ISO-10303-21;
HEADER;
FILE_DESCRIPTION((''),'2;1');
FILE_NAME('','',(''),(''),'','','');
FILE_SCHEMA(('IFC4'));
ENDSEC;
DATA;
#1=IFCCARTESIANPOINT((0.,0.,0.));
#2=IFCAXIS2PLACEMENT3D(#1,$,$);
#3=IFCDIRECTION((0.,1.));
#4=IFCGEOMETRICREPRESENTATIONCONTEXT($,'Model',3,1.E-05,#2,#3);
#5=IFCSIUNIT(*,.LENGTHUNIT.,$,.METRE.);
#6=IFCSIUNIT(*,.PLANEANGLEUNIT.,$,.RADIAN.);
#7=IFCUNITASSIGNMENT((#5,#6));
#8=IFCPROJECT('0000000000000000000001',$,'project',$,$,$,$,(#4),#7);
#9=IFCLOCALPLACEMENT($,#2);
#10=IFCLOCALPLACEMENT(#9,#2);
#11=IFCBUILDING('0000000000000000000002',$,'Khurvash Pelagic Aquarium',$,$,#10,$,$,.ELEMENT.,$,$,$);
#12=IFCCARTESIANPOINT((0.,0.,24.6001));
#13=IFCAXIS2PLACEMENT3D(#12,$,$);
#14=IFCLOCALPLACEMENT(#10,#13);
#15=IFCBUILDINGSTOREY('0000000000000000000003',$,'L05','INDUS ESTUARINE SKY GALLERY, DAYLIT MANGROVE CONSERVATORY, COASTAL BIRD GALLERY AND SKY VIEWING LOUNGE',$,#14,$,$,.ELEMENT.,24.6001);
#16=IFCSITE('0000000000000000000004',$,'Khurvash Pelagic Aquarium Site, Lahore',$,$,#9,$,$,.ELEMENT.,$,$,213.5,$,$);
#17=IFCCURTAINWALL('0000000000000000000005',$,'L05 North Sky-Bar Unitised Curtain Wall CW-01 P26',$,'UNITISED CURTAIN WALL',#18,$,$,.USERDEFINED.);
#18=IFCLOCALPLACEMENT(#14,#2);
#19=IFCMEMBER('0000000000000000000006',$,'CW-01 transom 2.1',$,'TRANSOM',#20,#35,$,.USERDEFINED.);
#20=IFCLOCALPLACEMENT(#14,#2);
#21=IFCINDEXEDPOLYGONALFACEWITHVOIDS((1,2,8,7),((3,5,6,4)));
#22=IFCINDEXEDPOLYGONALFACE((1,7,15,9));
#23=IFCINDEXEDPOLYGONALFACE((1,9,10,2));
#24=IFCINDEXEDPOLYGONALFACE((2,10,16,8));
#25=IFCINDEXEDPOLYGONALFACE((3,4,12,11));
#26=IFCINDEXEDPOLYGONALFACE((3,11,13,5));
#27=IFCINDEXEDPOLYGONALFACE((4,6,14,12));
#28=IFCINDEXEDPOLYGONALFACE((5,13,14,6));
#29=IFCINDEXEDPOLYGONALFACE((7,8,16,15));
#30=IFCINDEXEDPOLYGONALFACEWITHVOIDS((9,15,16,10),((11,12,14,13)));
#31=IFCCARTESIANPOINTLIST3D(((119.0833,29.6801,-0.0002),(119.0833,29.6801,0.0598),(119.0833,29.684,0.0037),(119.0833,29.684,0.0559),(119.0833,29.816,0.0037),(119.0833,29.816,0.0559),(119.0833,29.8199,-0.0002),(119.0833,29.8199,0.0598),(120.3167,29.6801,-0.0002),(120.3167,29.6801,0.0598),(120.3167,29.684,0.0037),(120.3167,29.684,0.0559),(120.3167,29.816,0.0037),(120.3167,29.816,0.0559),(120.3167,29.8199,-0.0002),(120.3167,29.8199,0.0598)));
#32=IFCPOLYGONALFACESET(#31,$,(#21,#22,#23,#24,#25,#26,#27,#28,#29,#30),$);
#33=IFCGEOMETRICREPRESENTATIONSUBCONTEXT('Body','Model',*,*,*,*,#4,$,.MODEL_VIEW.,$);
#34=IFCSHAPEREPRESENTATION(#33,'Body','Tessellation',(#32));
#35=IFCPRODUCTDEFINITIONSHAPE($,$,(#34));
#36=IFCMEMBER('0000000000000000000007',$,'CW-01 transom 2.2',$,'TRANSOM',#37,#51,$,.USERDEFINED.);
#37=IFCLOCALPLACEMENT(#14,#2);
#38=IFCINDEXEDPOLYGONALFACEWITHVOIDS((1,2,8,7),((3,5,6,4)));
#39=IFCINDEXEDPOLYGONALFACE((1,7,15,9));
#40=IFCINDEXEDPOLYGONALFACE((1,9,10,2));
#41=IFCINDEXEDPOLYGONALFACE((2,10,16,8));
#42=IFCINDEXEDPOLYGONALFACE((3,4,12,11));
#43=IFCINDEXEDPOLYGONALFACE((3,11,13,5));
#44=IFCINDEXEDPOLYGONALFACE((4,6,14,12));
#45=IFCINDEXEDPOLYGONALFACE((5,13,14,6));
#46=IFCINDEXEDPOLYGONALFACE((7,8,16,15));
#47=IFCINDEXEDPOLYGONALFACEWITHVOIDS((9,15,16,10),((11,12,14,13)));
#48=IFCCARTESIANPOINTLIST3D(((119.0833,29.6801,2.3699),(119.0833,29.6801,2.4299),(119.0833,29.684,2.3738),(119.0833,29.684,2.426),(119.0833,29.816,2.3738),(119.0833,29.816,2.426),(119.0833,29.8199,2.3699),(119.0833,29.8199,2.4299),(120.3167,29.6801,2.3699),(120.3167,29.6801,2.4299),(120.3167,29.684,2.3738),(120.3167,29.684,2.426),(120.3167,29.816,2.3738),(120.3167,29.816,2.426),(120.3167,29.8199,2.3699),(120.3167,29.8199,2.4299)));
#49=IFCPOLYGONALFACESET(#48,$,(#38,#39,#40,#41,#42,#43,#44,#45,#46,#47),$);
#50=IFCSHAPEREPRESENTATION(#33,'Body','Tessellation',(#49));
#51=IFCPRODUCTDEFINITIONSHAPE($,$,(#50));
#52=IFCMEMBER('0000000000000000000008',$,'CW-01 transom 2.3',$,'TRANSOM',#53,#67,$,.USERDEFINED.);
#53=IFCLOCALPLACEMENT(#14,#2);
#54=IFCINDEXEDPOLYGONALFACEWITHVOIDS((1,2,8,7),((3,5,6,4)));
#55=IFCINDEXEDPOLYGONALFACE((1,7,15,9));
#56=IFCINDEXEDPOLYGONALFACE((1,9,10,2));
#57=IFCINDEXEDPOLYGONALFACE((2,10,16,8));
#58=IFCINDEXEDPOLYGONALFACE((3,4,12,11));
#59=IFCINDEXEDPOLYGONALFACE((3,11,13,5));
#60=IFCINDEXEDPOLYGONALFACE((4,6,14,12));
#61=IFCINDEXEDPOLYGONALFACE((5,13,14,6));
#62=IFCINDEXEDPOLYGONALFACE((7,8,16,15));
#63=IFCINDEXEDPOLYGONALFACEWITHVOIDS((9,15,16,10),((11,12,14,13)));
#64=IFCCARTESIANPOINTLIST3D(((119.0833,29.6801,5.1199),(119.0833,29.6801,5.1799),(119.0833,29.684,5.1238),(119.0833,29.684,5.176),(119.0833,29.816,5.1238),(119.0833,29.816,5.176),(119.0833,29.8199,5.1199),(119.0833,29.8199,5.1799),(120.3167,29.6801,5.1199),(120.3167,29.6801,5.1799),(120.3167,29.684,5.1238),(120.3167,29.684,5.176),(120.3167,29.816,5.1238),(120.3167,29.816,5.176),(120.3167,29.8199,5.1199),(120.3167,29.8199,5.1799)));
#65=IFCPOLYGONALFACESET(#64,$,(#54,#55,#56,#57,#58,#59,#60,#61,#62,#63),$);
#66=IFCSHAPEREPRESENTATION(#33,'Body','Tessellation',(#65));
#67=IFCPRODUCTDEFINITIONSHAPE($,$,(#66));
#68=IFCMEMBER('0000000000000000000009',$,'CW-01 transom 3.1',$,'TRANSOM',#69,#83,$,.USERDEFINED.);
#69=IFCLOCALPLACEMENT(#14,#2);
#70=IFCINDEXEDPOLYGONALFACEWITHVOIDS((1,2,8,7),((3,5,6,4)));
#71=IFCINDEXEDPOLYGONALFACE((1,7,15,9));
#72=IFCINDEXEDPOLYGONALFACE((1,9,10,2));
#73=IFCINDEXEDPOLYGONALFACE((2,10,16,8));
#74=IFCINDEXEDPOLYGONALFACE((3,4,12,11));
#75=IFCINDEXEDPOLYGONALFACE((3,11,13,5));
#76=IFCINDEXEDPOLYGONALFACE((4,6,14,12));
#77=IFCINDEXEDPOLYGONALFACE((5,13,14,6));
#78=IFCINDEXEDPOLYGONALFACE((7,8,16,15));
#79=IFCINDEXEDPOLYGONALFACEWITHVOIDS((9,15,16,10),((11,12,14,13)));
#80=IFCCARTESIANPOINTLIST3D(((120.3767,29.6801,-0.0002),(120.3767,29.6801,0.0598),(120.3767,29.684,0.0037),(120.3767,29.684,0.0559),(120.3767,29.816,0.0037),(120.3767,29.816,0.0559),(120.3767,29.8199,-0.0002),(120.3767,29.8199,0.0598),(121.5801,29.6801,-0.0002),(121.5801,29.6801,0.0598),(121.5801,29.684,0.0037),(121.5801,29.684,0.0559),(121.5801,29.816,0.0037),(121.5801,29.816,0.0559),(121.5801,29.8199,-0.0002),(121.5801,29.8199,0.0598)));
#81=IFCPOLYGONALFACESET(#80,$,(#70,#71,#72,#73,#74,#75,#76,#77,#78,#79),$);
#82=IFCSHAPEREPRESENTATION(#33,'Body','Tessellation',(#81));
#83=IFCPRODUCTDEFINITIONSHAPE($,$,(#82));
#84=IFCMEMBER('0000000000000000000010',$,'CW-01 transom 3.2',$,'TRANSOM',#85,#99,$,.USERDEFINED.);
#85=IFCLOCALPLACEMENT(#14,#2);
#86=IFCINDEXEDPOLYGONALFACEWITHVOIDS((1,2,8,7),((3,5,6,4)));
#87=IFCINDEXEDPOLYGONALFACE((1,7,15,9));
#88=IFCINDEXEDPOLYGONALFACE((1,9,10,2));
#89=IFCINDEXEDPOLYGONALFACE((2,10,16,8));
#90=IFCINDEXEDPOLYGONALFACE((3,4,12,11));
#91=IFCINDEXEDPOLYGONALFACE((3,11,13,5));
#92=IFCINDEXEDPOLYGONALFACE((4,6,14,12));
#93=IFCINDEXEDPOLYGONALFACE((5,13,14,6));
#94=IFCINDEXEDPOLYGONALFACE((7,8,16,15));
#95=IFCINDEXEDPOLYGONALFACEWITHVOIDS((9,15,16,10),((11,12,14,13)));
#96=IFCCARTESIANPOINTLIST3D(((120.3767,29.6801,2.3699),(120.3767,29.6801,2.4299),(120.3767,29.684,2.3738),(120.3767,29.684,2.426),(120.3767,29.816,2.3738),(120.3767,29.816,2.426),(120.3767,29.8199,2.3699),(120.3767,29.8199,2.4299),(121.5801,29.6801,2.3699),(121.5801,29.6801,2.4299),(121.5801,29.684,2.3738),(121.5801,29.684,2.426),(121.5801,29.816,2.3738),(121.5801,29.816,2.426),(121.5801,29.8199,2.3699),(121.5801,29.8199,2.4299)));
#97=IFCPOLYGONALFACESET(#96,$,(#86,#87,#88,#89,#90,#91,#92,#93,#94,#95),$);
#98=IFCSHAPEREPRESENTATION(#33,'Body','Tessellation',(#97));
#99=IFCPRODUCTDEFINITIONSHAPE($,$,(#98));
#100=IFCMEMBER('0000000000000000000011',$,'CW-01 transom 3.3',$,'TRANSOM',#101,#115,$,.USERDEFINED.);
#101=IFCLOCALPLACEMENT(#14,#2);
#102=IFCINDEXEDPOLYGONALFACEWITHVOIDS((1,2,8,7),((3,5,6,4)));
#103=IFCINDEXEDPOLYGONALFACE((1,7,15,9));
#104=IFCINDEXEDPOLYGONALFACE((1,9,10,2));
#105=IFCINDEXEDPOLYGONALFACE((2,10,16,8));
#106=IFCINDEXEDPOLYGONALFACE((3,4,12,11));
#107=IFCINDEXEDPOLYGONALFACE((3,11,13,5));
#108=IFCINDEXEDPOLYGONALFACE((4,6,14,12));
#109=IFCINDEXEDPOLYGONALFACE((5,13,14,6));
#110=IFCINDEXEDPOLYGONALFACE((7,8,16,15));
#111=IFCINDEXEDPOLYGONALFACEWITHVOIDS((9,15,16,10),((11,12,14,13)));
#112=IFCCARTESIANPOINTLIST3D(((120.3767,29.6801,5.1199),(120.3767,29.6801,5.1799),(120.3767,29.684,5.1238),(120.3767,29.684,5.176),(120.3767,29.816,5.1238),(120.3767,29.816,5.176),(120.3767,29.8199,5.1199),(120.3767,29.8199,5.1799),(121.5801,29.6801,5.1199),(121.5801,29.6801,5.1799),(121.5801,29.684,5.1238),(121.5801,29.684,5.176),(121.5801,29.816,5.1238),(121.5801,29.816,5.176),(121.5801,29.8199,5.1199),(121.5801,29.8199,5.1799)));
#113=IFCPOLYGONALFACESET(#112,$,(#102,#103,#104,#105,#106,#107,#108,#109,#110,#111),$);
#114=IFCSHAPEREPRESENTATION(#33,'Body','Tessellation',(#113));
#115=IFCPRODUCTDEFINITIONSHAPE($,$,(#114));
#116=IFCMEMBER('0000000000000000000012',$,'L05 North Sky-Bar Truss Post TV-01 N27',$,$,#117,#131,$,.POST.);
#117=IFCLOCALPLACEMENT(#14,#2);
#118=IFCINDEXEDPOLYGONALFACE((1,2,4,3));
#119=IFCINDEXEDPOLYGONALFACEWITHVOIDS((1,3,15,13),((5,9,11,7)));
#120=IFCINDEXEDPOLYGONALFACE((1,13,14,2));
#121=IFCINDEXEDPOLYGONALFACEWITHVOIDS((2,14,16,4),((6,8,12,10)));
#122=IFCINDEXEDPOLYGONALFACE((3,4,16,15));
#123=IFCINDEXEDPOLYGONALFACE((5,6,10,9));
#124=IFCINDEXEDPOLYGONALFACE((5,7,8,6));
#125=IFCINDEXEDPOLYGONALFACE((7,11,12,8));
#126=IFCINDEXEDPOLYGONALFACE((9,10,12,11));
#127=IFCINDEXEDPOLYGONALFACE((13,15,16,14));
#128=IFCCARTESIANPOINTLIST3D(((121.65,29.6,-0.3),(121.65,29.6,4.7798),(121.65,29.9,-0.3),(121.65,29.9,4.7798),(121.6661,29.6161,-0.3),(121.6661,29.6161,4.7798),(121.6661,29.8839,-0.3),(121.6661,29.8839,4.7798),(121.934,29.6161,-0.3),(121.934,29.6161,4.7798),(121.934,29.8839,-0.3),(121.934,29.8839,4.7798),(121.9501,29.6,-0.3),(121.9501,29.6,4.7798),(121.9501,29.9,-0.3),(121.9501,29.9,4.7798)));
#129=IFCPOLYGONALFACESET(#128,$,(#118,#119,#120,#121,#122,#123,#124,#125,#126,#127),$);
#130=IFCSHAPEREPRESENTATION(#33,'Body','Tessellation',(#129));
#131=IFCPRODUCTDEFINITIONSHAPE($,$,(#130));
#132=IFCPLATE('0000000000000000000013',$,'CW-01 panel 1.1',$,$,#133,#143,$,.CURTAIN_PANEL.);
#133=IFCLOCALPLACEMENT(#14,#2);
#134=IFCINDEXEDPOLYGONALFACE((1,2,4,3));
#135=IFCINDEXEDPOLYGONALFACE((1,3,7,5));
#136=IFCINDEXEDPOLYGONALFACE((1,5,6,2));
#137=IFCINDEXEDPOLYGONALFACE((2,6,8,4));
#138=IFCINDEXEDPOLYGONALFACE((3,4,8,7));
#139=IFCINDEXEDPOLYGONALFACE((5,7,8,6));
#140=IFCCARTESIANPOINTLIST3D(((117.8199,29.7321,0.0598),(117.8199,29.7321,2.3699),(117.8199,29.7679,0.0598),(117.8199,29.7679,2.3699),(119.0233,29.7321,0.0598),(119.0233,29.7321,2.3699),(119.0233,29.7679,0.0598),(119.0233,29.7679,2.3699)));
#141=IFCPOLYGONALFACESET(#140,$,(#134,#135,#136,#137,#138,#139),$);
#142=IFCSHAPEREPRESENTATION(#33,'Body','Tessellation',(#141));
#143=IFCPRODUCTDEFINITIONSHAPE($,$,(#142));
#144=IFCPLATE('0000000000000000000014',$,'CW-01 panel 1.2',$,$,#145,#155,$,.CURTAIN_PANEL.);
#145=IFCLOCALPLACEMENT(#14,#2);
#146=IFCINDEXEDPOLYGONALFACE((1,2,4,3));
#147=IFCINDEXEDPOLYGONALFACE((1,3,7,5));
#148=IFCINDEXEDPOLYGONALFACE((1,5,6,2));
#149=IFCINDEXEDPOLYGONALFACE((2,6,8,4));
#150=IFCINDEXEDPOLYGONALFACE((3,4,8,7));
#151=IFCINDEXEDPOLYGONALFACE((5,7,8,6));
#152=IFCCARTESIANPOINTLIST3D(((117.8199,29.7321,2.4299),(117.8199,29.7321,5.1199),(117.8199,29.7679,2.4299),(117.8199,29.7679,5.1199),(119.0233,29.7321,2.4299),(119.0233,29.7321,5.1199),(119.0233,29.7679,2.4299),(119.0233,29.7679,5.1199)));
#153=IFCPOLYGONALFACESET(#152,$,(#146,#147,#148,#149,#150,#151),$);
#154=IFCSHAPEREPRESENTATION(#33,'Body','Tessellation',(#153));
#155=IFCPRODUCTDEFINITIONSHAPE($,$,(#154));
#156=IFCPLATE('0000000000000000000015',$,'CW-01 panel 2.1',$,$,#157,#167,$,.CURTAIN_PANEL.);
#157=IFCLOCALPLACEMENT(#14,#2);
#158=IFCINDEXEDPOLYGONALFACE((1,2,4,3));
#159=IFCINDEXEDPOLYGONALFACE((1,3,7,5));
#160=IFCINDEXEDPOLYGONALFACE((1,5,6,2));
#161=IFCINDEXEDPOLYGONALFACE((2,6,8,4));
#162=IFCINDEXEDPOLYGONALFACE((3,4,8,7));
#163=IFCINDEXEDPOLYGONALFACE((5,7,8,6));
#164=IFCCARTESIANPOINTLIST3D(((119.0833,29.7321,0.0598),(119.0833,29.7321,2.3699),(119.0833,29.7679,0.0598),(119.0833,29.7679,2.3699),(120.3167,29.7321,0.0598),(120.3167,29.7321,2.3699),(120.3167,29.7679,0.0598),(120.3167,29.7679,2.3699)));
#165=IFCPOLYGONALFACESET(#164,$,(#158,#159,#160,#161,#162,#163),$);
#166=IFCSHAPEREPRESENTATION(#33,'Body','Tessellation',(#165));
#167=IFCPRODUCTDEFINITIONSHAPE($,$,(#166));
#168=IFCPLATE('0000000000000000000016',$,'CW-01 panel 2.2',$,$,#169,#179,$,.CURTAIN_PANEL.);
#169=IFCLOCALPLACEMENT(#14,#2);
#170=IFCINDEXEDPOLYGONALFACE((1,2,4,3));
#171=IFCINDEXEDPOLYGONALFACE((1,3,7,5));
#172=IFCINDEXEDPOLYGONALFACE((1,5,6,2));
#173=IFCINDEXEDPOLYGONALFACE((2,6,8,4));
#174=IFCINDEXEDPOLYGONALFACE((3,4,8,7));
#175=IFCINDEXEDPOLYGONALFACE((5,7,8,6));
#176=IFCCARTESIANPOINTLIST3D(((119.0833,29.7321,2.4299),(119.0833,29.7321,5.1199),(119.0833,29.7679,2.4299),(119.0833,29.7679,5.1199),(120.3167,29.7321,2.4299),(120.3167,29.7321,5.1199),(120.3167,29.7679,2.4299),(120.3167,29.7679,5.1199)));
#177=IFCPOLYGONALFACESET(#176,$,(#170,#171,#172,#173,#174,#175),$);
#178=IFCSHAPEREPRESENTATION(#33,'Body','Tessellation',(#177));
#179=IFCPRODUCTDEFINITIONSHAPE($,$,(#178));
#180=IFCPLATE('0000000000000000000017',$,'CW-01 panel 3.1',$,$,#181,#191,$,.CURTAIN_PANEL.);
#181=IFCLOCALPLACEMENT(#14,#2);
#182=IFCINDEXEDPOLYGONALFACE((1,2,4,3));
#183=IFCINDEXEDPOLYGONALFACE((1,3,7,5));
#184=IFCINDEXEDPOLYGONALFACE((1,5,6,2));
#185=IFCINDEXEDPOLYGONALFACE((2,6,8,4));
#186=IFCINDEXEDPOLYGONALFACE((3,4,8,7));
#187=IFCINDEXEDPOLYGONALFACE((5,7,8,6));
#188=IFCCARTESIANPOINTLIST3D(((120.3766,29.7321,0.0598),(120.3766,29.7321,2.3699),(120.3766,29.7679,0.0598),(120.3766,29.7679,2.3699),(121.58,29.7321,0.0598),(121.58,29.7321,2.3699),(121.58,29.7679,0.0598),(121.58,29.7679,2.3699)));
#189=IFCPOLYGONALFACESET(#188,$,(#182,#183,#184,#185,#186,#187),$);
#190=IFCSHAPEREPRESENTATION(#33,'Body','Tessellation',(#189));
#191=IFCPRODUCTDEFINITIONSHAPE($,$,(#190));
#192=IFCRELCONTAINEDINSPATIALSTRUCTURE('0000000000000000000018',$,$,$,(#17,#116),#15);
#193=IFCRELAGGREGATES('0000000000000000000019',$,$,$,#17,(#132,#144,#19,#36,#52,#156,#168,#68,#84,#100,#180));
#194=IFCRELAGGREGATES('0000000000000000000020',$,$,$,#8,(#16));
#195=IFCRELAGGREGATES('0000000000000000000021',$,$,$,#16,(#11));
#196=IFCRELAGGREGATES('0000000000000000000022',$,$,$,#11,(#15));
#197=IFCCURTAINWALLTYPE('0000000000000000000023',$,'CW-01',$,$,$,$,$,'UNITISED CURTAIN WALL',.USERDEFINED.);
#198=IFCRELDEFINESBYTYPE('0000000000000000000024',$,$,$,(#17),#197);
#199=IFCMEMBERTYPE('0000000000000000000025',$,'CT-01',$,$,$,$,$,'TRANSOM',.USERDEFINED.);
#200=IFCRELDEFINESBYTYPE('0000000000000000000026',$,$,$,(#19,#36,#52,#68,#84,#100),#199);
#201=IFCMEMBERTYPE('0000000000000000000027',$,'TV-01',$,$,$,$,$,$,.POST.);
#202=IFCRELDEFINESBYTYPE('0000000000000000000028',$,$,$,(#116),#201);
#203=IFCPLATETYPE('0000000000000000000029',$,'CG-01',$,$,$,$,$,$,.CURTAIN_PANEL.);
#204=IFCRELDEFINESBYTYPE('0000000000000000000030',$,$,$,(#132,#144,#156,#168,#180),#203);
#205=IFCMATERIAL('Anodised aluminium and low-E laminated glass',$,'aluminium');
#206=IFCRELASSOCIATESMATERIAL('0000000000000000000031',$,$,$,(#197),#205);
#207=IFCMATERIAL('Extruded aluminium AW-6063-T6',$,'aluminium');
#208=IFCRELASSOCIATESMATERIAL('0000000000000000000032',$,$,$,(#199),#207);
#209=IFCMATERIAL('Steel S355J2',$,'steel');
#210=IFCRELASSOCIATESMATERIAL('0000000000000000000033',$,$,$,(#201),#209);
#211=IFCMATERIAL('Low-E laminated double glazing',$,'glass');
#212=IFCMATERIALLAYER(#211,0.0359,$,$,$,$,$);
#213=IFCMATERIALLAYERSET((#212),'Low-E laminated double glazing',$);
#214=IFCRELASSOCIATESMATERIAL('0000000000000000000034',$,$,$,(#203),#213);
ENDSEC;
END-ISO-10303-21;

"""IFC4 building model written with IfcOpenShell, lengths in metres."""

from ifc_helpers import new_model, si_unit, direction, frame, origin, origin_2d, place, context, subcontext, project, spatial, rectangle, hollow_rectangle, extrude, material, layer, layer_set, material_profile, profile_set, type_object, element, aggregate, save


model = new_model("IFC4")

# Units and contexts
model_context = context("Model", 3, precision=1e-05, world=origin(), true_north=direction((0.0, 1.0)))
body_context = subcontext(model_context, "Body", "Model", "MODEL_VIEW")
ifc_project = project(units=[si_unit("LENGTHUNIT", "METRE"), si_unit("PLANEANGLEUNIT", "RADIAN")], contexts=[model_context])

# Site, building, storey
site_placement = place(None, origin())
site = spatial("IfcSite", under=ifc_project, at=site_placement, Name="Khurvash Pelagic Aquarium Site, Lahore", CompositionType="ELEMENT", RefElevation=213.5)
building_placement = place(site_placement, origin())
building = spatial("IfcBuilding", under=site, at=building_placement, Name="Khurvash Pelagic Aquarium", CompositionType="ELEMENT")
storey_placement = place(building_placement, frame((0.0, 0.0, 24.6001)))
storey = spatial("IfcBuildingStorey", under=building, at=storey_placement, Name="L05", Description="INDUS ESTUARINE SKY GALLERY, DAYLIT MANGROVE CONSERVATORY, COASTAL BIRD GALLERY AND SKY VIEWING LOUNGE", CompositionType="ELEMENT", Elevation=24.6001)

# Curtain wall, members
ifc_material_1 = material(Name="Anodised aluminium and low-E laminated glass", Category="aluminium")
curtain_wall_type = type_object("IfcCurtainWallType", Name="CW-01", ElementType="UNITISED CURTAIN WALL", PredefinedType="USERDEFINED", material=ifc_material_1)
curtain_wall_placement = place(storey_placement, origin())
curtain_wall = element("IfcCurtainWall", 1, at=curtain_wall_placement, inside=storey, type_object=curtain_wall_type, Name="L05 North Sky-Bar Unitised Curtain Wall CW-01 P26", ObjectType="UNITISED CURTAIN WALL", PredefinedType="USERDEFINED")
ifc_material_2 = material(Name="Extruded aluminium AW-6063-T6", Category="aluminium")
ifc_material_profile_1 = material_profile(ifc_material_2, hollow_rectangle(XDim=0.1399, YDim=0.0601, WallThickness=0.0039, at=origin_2d()), Name="CWT140X60X4")
ifc_profile_set_1 = profile_set([ifc_material_profile_1], Name="Extruded aluminium AW-6063-T6")
member_type_1 = type_object("IfcMemberType", Name="CT-01", ElementType="TRANSOM", PredefinedType="USERDEFINED", material=ifc_profile_set_1)
member_1_placement = place(storey_placement, frame((119.0833, 29.75, 0.0298), z_axis=(1.0, 0.0, 0.0), x_axis=(0.0, 1.0, 0.0)))
member_1 = element("IfcMember", 2, at=member_1_placement, type_object=member_type_1, Name="CW-01 transom 2.1", ObjectType="TRANSOM", PredefinedType="USERDEFINED", context=body_context, shape_type="SweptSolid", body=[
    extrude(hollow_rectangle(XDim=0.1399, YDim=0.0601, WallThickness=0.0039, at=origin_2d()), origin(), (0.0, 0.0, 1.0), 1.2334),
])
member_2_placement = place(storey_placement, frame((119.0833, 29.75, 2.3999), z_axis=(1.0, 0.0, 0.0), x_axis=(0.0, 1.0, 0.0)))
member_2 = element("IfcMember", 3, at=member_2_placement, type_object=member_type_1, Name="CW-01 transom 2.2", ObjectType="TRANSOM", PredefinedType="USERDEFINED", context=body_context, shape_type="SweptSolid", body=[
    extrude(hollow_rectangle(XDim=0.1399, YDim=0.0601, WallThickness=0.0039, at=origin_2d()), origin(), (0.0, 0.0, 1.0), 1.2334),
])
member_3_placement = place(storey_placement, frame((119.0833, 29.75, 5.1499), z_axis=(1.0, 0.0, 0.0), x_axis=(0.0, 1.0, 0.0)))
member_3 = element("IfcMember", 4, at=member_3_placement, type_object=member_type_1, Name="CW-01 transom 2.3", ObjectType="TRANSOM", PredefinedType="USERDEFINED", context=body_context, shape_type="SweptSolid", body=[
    extrude(hollow_rectangle(XDim=0.1399, YDim=0.0601, WallThickness=0.0039, at=origin_2d()), origin(), (0.0, 0.0, 1.0), 1.2334),
])
member_4_placement = place(storey_placement, frame((120.3767, 29.75, 0.0298), z_axis=(1.0, 0.0, 0.0), x_axis=(0.0, 1.0, 0.0)))
member_4 = element("IfcMember", 5, at=member_4_placement, type_object=member_type_1, Name="CW-01 transom 3.1", ObjectType="TRANSOM", PredefinedType="USERDEFINED", context=body_context, shape_type="SweptSolid", body=[
    extrude(hollow_rectangle(XDim=0.1399, YDim=0.0601, WallThickness=0.0039, at=origin_2d()), origin(), (0.0, 0.0, 1.0), 1.2034),
])
member_5_placement = place(storey_placement, frame((120.3767, 29.75, 2.3999), z_axis=(1.0, 0.0, 0.0), x_axis=(0.0, 1.0, 0.0)))
member_5 = element("IfcMember", 6, at=member_5_placement, type_object=member_type_1, Name="CW-01 transom 3.2", ObjectType="TRANSOM", PredefinedType="USERDEFINED", context=body_context, shape_type="SweptSolid", body=[
    extrude(hollow_rectangle(XDim=0.1399, YDim=0.0601, WallThickness=0.0039, at=origin_2d()), origin(), (0.0, 0.0, 1.0), 1.2034),
])
member_6_placement = place(storey_placement, frame((120.3767, 29.75, 5.1499), z_axis=(1.0, 0.0, 0.0), x_axis=(0.0, 1.0, 0.0)))
member_6 = element("IfcMember", 7, at=member_6_placement, type_object=member_type_1, Name="CW-01 transom 3.3", ObjectType="TRANSOM", PredefinedType="USERDEFINED", context=body_context, shape_type="SweptSolid", body=[
    extrude(hollow_rectangle(XDim=0.1399, YDim=0.0601, WallThickness=0.0039, at=origin_2d()), origin(), (0.0, 0.0, 1.0), 1.2034),
])

# Member
ifc_material_3 = material(Name="Steel S355J2", Category="steel")
ifc_material_profile_2 = material_profile(ifc_material_3, hollow_rectangle(XDim=0.3, YDim=0.3, WallThickness=0.0161, at=origin_2d()), Name="SHS300X300X16")
ifc_profile_set_2 = profile_set([ifc_material_profile_2], Name="Steel S355J2")
member_type_2 = type_object("IfcMemberType", Name="TV-01", PredefinedType="POST", material=ifc_profile_set_2)
member_7_placement = place(storey_placement, frame((121.8, 29.75, -0.3), z_axis=(0.0, 0.0, 1.0), x_axis=(1.0, 0.0, 0.0)))
element("IfcMember", 8, at=member_7_placement, inside=storey, type_object=member_type_2, Name="L05 North Sky-Bar Truss Post TV-01 N27", PredefinedType="POST", context=body_context, shape_type="SweptSolid", body=[
    extrude(hollow_rectangle(XDim=0.3, YDim=0.3, WallThickness=0.0161, at=origin_2d()), origin(), (0.0, 0.0, 1.0), 5.0798),
])

# Plates
ifc_material_4 = material(Name="Low-E laminated double glazing", Category="glass")
ifc_layer_1 = layer(ifc_material_4, 0.0359)
ifc_layer_set_1 = layer_set([ifc_layer_1], Name="Low-E laminated double glazing")
plate_type_1 = type_object("IfcPlateType", Name="CG-01", PredefinedType="CURTAIN_PANEL", material=ifc_layer_set_1)
plate_1_placement = place(storey_placement, frame((118.4216, 29.75, 0.0598), z_axis=(0.0, 0.0, 1.0), x_axis=(1.0, 0.0, 0.0)))
plate_1 = element("IfcPlate", 9, at=plate_1_placement, type_object=plate_type_1, Name="CW-01 panel 1.1", PredefinedType="CURTAIN_PANEL", context=body_context, shape_type="SweptSolid", body=[
    extrude(rectangle(XDim=1.2034, YDim=0.0359, at=origin_2d()), origin(), (0.0, 0.0, 1.0), 2.3101),
])
plate_2_placement = place(storey_placement, frame((118.4216, 29.75, 2.4299), z_axis=(0.0, 0.0, 1.0), x_axis=(1.0, 0.0, 0.0)))
plate_2 = element("IfcPlate", 10, at=plate_2_placement, type_object=plate_type_1, Name="CW-01 panel 1.2", PredefinedType="CURTAIN_PANEL", context=body_context, shape_type="SweptSolid", body=[
    extrude(rectangle(XDim=1.2034, YDim=0.0359, at=origin_2d()), origin(), (0.0, 0.0, 1.0), 2.6899),
])
plate_3_placement = place(storey_placement, frame((119.7, 29.75, 0.0598), z_axis=(0.0, 0.0, 1.0), x_axis=(1.0, 0.0, 0.0)))
plate_3 = element("IfcPlate", 11, at=plate_3_placement, type_object=plate_type_1, Name="CW-01 panel 2.1", PredefinedType="CURTAIN_PANEL", context=body_context, shape_type="SweptSolid", body=[
    extrude(rectangle(XDim=1.2334, YDim=0.0359, at=origin_2d()), origin(), (0.0, 0.0, 1.0), 2.3101),
])
plate_4_placement = place(storey_placement, frame((119.7, 29.75, 2.4299), z_axis=(0.0, 0.0, 1.0), x_axis=(1.0, 0.0, 0.0)))
plate_4 = element("IfcPlate", 12, at=plate_4_placement, type_object=plate_type_1, Name="CW-01 panel 2.2", PredefinedType="CURTAIN_PANEL", context=body_context, shape_type="SweptSolid", body=[
    extrude(rectangle(XDim=1.2334, YDim=0.0359, at=origin_2d()), origin(), (0.0, 0.0, 1.0), 2.6899),
])
plate_5_placement = place(storey_placement, frame((120.9783, 29.75, 0.0598), z_axis=(0.0, 0.0, 1.0), x_axis=(1.0, 0.0, 0.0)))
plate_5 = element("IfcPlate", 13, at=plate_5_placement, type_object=plate_type_1, Name="CW-01 panel 3.1", PredefinedType="CURTAIN_PANEL", context=body_context, shape_type="SweptSolid", body=[
    extrude(rectangle(XDim=1.2034, YDim=0.0359, at=origin_2d()), origin(), (0.0, 0.0, 1.0), 2.3101),
])
aggregate(curtain_wall, [plate_1, plate_2, member_1, member_2, member_3, plate_3, plate_4, member_4, member_5, member_6, plate_5])

save(model, "model.ifc")
